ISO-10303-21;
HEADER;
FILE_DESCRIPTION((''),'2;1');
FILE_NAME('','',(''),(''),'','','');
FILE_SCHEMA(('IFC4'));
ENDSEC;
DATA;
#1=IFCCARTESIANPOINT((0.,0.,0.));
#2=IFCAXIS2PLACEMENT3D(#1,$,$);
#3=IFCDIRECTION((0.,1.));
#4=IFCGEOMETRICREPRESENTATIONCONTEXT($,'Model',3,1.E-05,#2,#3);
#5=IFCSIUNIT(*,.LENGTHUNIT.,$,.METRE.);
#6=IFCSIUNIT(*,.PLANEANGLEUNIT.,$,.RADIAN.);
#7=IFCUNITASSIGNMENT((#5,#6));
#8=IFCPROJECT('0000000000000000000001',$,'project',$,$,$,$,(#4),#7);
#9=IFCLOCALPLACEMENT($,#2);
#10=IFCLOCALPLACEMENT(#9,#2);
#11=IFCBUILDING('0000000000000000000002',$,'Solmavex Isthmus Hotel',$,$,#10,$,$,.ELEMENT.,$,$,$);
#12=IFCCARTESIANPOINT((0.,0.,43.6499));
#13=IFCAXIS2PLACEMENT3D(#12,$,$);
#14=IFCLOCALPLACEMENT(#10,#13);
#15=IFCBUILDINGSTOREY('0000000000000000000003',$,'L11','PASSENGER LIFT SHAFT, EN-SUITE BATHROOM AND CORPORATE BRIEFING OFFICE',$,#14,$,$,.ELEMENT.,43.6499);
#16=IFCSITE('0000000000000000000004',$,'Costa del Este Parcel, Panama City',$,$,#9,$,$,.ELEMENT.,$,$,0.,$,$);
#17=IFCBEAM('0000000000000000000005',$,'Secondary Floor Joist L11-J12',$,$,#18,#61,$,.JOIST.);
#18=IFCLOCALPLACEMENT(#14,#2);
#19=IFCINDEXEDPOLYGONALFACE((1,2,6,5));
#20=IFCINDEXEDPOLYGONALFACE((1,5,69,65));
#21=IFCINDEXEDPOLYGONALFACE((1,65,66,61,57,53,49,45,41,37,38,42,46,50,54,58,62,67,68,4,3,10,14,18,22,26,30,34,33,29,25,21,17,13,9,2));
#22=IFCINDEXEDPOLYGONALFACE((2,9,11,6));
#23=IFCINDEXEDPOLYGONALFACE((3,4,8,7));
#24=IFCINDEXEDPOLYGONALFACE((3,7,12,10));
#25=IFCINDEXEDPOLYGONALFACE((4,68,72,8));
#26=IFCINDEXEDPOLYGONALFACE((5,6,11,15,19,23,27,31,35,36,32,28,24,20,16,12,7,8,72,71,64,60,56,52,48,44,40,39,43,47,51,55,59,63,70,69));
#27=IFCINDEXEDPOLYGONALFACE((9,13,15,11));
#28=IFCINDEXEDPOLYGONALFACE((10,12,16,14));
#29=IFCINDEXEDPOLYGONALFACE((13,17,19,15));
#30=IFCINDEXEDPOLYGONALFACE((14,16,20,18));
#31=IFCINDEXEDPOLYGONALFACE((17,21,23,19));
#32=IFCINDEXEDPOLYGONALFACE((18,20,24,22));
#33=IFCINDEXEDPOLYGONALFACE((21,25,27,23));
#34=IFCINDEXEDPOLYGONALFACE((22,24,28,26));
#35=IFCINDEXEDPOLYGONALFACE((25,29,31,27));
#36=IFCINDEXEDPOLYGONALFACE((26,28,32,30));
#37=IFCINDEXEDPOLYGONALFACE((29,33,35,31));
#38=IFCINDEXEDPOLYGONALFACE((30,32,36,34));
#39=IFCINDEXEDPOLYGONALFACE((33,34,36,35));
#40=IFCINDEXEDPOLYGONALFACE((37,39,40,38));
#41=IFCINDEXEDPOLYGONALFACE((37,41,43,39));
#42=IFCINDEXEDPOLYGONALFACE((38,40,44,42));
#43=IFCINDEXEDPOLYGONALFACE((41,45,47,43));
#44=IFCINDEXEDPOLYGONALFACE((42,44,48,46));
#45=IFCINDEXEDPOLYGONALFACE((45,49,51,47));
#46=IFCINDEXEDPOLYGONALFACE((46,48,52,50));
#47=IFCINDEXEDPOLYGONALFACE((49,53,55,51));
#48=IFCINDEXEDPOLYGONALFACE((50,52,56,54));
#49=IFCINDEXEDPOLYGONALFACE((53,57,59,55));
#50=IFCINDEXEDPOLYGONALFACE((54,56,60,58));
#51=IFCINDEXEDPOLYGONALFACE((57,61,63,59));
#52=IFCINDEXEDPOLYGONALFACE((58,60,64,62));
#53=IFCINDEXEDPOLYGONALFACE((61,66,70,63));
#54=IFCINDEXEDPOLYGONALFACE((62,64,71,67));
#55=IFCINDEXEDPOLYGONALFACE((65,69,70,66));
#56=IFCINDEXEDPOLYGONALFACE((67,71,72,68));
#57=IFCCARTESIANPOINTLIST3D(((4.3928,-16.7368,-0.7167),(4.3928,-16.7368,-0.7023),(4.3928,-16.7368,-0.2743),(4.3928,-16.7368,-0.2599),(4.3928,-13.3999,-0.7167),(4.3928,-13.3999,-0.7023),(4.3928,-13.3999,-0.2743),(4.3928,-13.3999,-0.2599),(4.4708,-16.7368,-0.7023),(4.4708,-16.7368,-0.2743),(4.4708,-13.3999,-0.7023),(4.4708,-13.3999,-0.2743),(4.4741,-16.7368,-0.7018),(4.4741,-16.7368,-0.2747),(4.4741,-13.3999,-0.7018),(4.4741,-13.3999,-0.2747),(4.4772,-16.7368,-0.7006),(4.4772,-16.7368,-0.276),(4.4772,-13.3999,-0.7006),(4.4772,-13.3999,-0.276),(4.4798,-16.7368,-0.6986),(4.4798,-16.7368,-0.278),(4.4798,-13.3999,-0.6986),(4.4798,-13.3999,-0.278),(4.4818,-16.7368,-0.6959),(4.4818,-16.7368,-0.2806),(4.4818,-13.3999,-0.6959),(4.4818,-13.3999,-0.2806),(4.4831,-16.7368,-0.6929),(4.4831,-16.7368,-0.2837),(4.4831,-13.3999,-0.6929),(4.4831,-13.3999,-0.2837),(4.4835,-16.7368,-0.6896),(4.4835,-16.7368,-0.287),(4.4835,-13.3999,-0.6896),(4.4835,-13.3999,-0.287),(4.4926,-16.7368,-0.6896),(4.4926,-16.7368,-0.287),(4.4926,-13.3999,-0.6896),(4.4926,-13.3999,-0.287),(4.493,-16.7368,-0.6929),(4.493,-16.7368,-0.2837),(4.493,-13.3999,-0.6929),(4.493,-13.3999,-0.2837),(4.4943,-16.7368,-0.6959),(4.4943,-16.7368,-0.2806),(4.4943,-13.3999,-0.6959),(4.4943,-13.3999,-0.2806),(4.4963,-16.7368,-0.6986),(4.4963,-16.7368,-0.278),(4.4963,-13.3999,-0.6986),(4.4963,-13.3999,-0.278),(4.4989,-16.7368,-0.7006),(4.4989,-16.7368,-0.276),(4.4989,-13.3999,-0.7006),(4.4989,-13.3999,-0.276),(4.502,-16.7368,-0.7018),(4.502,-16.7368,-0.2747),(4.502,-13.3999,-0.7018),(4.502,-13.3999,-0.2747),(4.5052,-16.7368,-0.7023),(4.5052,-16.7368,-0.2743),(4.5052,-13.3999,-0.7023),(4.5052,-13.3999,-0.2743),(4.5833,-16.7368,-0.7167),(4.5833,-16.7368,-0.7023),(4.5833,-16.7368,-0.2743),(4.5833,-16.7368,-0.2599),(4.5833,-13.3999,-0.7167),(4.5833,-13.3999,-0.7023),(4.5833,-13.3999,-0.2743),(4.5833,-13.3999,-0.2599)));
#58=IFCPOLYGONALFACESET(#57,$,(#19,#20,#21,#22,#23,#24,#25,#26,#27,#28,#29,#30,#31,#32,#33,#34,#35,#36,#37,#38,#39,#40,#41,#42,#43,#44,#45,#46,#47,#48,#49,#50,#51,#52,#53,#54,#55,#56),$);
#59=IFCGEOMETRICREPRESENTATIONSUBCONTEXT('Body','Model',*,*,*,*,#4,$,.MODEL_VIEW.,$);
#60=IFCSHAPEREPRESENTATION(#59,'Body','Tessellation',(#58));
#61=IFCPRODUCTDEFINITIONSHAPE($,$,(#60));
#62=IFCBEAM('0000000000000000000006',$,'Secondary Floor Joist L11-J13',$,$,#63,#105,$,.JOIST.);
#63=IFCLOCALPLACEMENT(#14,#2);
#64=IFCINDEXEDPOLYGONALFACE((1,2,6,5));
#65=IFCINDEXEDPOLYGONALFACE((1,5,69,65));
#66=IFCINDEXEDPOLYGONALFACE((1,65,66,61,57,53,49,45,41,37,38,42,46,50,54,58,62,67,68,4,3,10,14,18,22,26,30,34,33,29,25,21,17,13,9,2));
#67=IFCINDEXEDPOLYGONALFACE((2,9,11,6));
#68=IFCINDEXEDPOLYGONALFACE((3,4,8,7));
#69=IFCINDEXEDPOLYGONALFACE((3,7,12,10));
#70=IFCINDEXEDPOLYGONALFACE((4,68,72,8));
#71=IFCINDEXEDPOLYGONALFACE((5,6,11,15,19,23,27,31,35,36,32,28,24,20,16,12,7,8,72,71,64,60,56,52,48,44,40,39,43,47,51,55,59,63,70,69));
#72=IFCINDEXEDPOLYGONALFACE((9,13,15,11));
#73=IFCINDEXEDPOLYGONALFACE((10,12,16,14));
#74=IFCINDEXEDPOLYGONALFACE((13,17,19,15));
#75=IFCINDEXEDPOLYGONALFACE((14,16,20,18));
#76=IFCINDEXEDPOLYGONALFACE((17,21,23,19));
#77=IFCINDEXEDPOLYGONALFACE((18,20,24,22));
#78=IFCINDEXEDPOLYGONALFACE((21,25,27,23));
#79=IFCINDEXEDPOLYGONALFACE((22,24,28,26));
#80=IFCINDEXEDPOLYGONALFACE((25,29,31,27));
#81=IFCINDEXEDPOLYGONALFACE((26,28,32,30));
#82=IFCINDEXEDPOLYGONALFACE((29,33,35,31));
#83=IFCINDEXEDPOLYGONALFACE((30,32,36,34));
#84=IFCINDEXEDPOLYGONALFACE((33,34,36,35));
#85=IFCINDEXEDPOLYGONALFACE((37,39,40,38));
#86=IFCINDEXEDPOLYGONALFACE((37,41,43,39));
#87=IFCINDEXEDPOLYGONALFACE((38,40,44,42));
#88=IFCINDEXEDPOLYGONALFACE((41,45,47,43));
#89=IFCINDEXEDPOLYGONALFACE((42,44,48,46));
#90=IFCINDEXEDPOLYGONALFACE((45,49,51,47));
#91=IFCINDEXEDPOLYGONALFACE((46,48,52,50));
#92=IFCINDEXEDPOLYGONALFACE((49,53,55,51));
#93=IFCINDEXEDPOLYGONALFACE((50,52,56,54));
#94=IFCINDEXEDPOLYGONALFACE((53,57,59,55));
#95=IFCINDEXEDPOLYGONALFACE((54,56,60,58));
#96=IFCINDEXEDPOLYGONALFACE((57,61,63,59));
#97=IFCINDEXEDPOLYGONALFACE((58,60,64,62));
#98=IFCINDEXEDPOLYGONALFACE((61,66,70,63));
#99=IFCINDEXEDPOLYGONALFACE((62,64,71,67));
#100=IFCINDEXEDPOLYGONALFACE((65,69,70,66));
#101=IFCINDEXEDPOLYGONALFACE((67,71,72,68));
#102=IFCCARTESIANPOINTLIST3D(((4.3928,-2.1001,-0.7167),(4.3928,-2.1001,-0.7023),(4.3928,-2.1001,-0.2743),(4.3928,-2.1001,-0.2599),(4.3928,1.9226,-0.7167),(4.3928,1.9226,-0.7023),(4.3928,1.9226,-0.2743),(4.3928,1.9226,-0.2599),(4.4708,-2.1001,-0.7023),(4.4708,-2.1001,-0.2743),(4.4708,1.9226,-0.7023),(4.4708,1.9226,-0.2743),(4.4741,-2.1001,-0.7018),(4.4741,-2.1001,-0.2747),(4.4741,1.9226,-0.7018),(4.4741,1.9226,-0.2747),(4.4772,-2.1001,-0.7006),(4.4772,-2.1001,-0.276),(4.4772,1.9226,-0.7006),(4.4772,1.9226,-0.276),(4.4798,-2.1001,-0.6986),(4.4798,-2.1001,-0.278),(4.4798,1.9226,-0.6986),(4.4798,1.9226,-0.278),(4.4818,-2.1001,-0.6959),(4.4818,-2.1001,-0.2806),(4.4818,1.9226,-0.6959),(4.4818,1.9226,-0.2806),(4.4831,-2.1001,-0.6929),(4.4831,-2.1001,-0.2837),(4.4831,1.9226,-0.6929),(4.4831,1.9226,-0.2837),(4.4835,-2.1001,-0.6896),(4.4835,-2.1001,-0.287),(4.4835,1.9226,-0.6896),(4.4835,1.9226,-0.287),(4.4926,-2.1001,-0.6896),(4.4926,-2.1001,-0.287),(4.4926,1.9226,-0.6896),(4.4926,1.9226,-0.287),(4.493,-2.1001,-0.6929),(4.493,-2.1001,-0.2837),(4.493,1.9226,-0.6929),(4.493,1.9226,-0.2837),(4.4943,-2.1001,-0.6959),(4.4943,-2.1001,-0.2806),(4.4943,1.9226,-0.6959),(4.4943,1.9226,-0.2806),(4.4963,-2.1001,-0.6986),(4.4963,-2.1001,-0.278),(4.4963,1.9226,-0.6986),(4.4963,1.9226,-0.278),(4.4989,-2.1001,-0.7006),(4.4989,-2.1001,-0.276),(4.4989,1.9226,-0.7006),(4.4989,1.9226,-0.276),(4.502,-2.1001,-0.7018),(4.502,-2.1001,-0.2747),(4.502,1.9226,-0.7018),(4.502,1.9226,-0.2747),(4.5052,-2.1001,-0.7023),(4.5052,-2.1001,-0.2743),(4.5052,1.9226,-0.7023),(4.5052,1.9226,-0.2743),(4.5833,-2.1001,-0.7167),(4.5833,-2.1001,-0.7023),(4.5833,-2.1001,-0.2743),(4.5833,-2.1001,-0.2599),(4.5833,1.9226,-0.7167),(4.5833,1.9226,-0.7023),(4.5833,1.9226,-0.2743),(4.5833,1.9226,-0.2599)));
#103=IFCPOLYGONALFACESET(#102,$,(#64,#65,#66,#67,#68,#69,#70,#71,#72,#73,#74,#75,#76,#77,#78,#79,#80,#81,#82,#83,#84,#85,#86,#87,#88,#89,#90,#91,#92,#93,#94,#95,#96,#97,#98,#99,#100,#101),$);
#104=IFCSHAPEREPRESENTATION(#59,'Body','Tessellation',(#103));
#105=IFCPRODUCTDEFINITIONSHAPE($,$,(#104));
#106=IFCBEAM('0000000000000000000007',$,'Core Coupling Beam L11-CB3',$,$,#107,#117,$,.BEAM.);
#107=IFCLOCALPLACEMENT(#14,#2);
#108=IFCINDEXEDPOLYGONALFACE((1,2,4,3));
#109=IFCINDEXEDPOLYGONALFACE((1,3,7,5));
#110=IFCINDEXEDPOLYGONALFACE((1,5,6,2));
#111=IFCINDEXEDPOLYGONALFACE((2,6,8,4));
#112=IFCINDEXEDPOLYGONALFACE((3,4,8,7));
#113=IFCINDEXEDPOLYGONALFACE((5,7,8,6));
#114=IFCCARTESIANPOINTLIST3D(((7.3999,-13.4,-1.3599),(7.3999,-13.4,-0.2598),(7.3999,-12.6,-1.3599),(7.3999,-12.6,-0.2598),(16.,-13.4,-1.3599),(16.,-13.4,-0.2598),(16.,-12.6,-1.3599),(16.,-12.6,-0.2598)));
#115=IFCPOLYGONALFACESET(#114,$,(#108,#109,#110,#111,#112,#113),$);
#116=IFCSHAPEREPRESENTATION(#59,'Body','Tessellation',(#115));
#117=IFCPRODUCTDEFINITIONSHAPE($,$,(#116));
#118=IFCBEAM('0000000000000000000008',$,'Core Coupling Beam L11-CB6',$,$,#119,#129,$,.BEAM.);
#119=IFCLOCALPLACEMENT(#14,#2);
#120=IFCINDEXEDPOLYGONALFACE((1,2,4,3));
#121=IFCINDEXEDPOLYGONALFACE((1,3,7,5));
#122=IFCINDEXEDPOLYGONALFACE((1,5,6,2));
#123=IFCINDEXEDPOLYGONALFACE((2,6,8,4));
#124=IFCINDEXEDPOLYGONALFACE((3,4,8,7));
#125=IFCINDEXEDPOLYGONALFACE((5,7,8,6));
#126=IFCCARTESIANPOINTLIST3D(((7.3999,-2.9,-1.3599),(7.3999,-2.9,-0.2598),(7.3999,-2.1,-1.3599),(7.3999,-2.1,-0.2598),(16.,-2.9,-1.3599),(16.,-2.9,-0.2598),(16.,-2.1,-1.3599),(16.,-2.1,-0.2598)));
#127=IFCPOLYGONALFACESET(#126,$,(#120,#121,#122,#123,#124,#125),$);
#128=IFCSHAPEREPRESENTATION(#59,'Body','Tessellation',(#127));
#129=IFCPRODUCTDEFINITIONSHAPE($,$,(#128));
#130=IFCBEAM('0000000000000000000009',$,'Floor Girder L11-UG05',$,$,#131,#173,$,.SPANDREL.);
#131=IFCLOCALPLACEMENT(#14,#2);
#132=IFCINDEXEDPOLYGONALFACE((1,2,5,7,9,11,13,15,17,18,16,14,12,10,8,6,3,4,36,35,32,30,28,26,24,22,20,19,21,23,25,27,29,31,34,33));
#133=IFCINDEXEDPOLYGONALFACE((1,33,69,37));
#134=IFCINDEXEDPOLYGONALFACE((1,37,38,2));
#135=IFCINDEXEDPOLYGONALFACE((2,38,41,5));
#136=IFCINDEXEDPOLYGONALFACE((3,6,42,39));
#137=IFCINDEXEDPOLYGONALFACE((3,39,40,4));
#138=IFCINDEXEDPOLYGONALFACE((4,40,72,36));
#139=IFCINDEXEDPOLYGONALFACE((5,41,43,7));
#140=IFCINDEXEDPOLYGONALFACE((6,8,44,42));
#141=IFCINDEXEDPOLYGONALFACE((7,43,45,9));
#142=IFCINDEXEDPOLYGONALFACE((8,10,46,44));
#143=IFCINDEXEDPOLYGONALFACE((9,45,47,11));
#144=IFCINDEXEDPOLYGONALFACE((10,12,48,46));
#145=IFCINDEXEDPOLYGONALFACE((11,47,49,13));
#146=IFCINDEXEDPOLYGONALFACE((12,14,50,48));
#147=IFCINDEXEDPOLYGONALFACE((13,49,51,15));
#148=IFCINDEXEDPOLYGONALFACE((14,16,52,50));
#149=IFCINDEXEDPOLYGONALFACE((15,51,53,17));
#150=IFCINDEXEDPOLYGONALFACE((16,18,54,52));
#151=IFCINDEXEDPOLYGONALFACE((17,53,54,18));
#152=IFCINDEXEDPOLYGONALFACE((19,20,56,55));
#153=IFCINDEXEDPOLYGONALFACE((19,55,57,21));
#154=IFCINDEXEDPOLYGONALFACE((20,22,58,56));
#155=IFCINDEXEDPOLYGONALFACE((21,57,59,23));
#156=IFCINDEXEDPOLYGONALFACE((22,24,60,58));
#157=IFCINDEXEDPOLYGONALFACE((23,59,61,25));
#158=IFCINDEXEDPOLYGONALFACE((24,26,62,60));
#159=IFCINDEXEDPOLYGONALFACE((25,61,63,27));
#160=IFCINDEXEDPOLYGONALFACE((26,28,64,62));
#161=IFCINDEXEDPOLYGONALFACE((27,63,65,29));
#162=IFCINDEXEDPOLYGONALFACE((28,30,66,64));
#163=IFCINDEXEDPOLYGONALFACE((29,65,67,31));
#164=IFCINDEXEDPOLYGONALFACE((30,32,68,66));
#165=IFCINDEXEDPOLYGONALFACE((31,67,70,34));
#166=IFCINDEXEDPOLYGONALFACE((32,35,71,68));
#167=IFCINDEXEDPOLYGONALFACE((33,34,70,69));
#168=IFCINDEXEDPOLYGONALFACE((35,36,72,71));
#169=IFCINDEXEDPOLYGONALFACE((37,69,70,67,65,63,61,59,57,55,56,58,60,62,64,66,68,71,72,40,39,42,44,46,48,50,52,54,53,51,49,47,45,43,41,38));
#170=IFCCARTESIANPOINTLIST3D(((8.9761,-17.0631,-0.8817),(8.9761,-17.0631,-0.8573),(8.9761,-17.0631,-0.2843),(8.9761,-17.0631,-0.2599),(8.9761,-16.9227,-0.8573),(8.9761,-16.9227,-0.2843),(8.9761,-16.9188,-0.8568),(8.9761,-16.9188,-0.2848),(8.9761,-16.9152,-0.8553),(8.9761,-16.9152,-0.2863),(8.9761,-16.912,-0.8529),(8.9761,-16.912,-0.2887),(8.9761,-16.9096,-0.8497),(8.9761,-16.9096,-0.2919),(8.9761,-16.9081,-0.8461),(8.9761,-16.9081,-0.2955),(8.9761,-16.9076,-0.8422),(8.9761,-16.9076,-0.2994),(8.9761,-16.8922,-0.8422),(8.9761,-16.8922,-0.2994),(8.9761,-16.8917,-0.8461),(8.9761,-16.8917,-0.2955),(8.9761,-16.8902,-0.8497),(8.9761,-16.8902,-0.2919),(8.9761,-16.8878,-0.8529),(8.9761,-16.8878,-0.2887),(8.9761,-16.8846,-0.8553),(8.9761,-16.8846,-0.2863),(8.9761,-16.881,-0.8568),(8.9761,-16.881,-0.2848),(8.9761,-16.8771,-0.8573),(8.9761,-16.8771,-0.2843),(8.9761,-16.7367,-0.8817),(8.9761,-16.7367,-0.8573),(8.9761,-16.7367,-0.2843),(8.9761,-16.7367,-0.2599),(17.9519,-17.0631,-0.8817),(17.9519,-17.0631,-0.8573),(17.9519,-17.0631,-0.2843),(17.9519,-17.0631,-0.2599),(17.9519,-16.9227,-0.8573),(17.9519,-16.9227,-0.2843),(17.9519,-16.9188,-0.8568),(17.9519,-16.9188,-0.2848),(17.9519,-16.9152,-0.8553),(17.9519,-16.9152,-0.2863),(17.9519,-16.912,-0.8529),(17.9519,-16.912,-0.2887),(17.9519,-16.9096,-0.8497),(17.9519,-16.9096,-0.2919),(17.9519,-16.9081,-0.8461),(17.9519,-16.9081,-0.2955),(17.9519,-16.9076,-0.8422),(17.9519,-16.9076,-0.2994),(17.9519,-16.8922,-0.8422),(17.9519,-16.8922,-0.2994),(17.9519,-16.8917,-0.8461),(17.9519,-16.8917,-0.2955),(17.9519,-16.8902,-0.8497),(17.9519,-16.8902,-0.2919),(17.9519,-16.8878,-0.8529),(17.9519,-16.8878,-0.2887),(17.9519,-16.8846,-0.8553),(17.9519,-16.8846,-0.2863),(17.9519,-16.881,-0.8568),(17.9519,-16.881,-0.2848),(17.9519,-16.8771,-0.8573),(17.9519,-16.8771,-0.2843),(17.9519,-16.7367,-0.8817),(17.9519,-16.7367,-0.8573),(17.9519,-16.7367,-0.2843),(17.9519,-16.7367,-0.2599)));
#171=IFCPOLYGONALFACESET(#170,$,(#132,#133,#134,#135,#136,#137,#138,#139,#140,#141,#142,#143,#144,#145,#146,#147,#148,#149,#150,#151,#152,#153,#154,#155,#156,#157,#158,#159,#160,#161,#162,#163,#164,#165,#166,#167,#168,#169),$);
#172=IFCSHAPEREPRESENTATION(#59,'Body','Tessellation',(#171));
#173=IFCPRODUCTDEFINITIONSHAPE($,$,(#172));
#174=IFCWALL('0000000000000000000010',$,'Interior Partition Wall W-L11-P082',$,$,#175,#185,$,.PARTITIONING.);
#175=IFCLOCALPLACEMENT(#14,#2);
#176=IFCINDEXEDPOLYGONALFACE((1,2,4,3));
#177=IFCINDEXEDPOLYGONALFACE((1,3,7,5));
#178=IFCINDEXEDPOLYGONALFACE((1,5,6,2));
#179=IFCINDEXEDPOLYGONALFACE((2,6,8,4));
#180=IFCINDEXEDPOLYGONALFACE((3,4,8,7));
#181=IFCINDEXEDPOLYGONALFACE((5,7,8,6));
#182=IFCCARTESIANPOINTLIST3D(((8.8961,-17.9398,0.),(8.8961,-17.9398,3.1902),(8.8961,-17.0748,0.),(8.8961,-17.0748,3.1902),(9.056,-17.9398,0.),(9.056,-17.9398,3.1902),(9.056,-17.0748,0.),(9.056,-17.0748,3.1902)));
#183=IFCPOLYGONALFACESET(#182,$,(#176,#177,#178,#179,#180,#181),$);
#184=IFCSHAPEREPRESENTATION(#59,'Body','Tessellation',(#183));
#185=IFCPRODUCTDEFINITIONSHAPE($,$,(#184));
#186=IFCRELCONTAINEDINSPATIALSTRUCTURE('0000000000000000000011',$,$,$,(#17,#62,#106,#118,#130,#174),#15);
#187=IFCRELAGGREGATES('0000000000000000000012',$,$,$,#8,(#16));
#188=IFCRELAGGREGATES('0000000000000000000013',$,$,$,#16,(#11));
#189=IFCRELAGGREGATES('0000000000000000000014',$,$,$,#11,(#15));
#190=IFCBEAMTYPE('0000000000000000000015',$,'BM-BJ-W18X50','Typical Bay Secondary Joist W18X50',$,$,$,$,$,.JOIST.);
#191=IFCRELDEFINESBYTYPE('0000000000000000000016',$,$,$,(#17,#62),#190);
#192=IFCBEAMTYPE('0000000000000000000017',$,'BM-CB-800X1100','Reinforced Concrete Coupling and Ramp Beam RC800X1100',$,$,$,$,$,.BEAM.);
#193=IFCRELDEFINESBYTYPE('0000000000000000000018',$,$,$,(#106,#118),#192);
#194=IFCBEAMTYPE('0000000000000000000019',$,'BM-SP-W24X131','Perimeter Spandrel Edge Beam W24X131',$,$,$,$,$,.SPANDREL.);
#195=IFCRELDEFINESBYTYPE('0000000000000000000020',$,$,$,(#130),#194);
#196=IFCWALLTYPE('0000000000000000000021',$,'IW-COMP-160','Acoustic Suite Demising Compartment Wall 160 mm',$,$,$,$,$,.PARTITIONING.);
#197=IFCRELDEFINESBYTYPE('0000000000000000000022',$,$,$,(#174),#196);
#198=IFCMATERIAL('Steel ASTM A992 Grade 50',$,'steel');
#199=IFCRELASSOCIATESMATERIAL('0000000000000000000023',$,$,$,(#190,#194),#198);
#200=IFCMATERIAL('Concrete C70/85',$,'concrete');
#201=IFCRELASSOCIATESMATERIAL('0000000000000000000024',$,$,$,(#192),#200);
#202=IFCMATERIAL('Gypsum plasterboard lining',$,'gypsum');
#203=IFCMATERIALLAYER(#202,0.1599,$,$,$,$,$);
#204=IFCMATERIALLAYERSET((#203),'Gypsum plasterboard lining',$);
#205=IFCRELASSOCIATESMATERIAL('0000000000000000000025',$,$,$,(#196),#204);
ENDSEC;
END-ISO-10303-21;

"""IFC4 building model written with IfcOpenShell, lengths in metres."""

from ifc_helpers import new_model, si_unit, direction, frame, frame_2d, origin, origin_2d, place, context, subcontext, project, spatial, rectangle, i_section, extrude, material, layer, layer_set, material_profile, profile_set, type_object, element, save


model = new_model("IFC4")

# Units and contexts
model_context = context("Model", 3, precision=1e-05, world=origin(), true_north=direction((0.0, 1.0)))
body_context = subcontext(model_context, "Body", "Model", "MODEL_VIEW")
ifc_project = project(units=[si_unit("LENGTHUNIT", "METRE"), si_unit("PLANEANGLEUNIT", "RADIAN")], contexts=[model_context])

# Site, building, storey
site_placement = place(None, origin())
site = spatial("IfcSite", under=ifc_project, at=site_placement, Name="Costa del Este Parcel, Panama City", CompositionType="ELEMENT", RefElevation=0.0)
building_placement = place(site_placement, origin())
building = spatial("IfcBuilding", under=site, at=building_placement, Name="Solmavex Isthmus Hotel", CompositionType="ELEMENT")
storey_placement = place(building_placement, frame((0.0, 0.0, 43.6499)))
storey = spatial("IfcBuildingStorey", under=building, at=storey_placement, Name="L11", Description="PASSENGER LIFT SHAFT, EN-SUITE BATHROOM AND CORPORATE BRIEFING OFFICE", CompositionType="ELEMENT", Elevation=43.6499)

# Shared definitions
ifc_material_1 = material(Name="Concrete C70/85", Category="concrete")

# Beams
ifc_material_2 = material(Name="Steel ASTM A992 Grade 50", Category="steel")
ifc_material_profile_1 = material_profile(ifc_material_2, i_section(OverallWidth=0.1904, OverallDepth=0.4568, WebThickness=0.009, FlangeThickness=0.0144, FilletRadius=0.0127, at=origin_2d()), Name="W18X50")
ifc_profile_set_1 = profile_set([ifc_material_profile_1], Name="Steel ASTM A992 Grade 50")
beam_type_1 = type_object("IfcBeamType", Name="BM-BJ-W18X50", Description="Typical Bay Secondary Joist W18X50", PredefinedType="JOIST", material=ifc_profile_set_1)
beam_1_placement = place(storey_placement, frame((4.488, -16.7368, -0.4883), z_axis=(0.0, 1.0, 0.0), x_axis=(-1.0, 0.0, 0.0)))
element("IfcBeam", 1, at=beam_1_placement, inside=storey, type_object=beam_type_1, Name="Secondary Floor Joist L11-J12", PredefinedType="JOIST", context=body_context, shape_type="SweptSolid", body=[
    extrude(i_section(OverallWidth=0.1904, OverallDepth=0.4568, WebThickness=0.009, FlangeThickness=0.0144, FilletRadius=0.0127, at=origin_2d()), origin(), (0.0, 0.0, 1.0), 3.3369),
])
beam_2_placement = place(storey_placement, frame((4.488, -2.1001, -0.4883), z_axis=(0.0, 1.0, 0.0), x_axis=(-1.0, 0.0, 0.0)))
element("IfcBeam", 2, at=beam_2_placement, inside=storey, type_object=beam_type_1, Name="Secondary Floor Joist L11-J13", PredefinedType="JOIST", context=body_context, shape_type="SweptSolid", body=[
    extrude(i_section(OverallWidth=0.1904, OverallDepth=0.4568, WebThickness=0.009, FlangeThickness=0.0144, FilletRadius=0.0127, at=origin_2d()), origin(), (0.0, 0.0, 1.0), 4.0227),
])
ifc_material_profile_2 = material_profile(ifc_material_1, rectangle(XDim=0.8, YDim=1.1001, at=origin_2d()), Name="RC800X1100")
ifc_profile_set_2 = profile_set([ifc_material_profile_2], Name="Concrete C70/85")
beam_type_2 = type_object("IfcBeamType", Name="BM-CB-800X1100", Description="Reinforced Concrete Coupling and Ramp Beam RC800X1100", PredefinedType="BEAM", material=ifc_profile_set_2)
for number, where, z_axis, x_axis, name in (
    (3, (7.3999, -13.0, -0.8098), (1.0, 0.0, 0.0), (0.0, 1.0, 0.0), "Core Coupling Beam L11-CB3"),
    (4, (7.3999, -2.5, -0.8098), (1.0, 0.0, 0.0), (0.0, 1.0, 0.0), "Core Coupling Beam L11-CB6"),
):
    element("IfcBeam", number, at=place(storey_placement, frame(where, z_axis=z_axis, x_axis=x_axis)), inside=storey, type_object=beam_type_2, Name=name, PredefinedType="BEAM", context=body_context, shape_type="SweptSolid", body=[
        extrude(rectangle(XDim=0.8, YDim=1.1001, at=origin_2d()), origin(), (0.0, 0.0, 1.0), 8.6001),
    ])
ifc_material_profile_3 = material_profile(ifc_material_2, i_section(OverallWidth=0.3264, OverallDepth=0.6218, WebThickness=0.0154, FlangeThickness=0.0244, FilletRadius=0.0151, at=origin_2d()), Name="W24X131")
ifc_profile_set_3 = profile_set([ifc_material_profile_3], Name="Steel ASTM A992 Grade 50")
beam_type_3 = type_object("IfcBeamType", Name="BM-SP-W24X131", Description="Perimeter Spandrel Edge Beam W24X131", PredefinedType="SPANDREL", material=ifc_profile_set_3)
beam_3_placement = place(storey_placement, frame((8.9761, -16.8999, -0.5708), z_axis=(1.0, 0.0, 0.0), x_axis=(0.0, 1.0, 0.0)))
element("IfcBeam", 5, at=beam_3_placement, inside=storey, type_object=beam_type_3, Name="Floor Girder L11-UG05", PredefinedType="SPANDREL", context=body_context, shape_type="SweptSolid", body=[
    extrude(i_section(OverallWidth=0.3264, OverallDepth=0.6218, WebThickness=0.0154, FlangeThickness=0.0244, FilletRadius=0.0151, at=origin_2d()), origin(), (0.0, 0.0, 1.0), 8.9758),
])

# Wall
ifc_material_3 = material(Name="Gypsum plasterboard lining", Category="gypsum")
ifc_layer_1 = layer(ifc_material_3, 0.1599)
ifc_layer_set_1 = layer_set([ifc_layer_1], Name="Gypsum plasterboard lining")
wall_type_1 = type_object("IfcWallType", Name="IW-COMP-160", Description="Acoustic Suite Demising Compartment Wall 160 mm", PredefinedType="PARTITIONING", material=ifc_layer_set_1)
wall_1_placement = place(storey_placement, frame((8.9761, -17.9399, 0.0), z_axis=(0.0, 0.0, 1.0), x_axis=(0.0, 1.0, 0.0)))
element("IfcWall", 6, at=wall_1_placement, inside=storey, type_object=wall_type_1, Name="Interior Partition Wall W-L11-P082", PredefinedType="PARTITIONING", context=body_context, shape_type="SweptSolid", body=[
    extrude(rectangle(XDim=0.865, YDim=0.1599, at=frame_2d((0.4326, 0.0))), origin(), (0.0, 0.0, 1.0), 3.1902),
])

save(model, "model.ifc")
